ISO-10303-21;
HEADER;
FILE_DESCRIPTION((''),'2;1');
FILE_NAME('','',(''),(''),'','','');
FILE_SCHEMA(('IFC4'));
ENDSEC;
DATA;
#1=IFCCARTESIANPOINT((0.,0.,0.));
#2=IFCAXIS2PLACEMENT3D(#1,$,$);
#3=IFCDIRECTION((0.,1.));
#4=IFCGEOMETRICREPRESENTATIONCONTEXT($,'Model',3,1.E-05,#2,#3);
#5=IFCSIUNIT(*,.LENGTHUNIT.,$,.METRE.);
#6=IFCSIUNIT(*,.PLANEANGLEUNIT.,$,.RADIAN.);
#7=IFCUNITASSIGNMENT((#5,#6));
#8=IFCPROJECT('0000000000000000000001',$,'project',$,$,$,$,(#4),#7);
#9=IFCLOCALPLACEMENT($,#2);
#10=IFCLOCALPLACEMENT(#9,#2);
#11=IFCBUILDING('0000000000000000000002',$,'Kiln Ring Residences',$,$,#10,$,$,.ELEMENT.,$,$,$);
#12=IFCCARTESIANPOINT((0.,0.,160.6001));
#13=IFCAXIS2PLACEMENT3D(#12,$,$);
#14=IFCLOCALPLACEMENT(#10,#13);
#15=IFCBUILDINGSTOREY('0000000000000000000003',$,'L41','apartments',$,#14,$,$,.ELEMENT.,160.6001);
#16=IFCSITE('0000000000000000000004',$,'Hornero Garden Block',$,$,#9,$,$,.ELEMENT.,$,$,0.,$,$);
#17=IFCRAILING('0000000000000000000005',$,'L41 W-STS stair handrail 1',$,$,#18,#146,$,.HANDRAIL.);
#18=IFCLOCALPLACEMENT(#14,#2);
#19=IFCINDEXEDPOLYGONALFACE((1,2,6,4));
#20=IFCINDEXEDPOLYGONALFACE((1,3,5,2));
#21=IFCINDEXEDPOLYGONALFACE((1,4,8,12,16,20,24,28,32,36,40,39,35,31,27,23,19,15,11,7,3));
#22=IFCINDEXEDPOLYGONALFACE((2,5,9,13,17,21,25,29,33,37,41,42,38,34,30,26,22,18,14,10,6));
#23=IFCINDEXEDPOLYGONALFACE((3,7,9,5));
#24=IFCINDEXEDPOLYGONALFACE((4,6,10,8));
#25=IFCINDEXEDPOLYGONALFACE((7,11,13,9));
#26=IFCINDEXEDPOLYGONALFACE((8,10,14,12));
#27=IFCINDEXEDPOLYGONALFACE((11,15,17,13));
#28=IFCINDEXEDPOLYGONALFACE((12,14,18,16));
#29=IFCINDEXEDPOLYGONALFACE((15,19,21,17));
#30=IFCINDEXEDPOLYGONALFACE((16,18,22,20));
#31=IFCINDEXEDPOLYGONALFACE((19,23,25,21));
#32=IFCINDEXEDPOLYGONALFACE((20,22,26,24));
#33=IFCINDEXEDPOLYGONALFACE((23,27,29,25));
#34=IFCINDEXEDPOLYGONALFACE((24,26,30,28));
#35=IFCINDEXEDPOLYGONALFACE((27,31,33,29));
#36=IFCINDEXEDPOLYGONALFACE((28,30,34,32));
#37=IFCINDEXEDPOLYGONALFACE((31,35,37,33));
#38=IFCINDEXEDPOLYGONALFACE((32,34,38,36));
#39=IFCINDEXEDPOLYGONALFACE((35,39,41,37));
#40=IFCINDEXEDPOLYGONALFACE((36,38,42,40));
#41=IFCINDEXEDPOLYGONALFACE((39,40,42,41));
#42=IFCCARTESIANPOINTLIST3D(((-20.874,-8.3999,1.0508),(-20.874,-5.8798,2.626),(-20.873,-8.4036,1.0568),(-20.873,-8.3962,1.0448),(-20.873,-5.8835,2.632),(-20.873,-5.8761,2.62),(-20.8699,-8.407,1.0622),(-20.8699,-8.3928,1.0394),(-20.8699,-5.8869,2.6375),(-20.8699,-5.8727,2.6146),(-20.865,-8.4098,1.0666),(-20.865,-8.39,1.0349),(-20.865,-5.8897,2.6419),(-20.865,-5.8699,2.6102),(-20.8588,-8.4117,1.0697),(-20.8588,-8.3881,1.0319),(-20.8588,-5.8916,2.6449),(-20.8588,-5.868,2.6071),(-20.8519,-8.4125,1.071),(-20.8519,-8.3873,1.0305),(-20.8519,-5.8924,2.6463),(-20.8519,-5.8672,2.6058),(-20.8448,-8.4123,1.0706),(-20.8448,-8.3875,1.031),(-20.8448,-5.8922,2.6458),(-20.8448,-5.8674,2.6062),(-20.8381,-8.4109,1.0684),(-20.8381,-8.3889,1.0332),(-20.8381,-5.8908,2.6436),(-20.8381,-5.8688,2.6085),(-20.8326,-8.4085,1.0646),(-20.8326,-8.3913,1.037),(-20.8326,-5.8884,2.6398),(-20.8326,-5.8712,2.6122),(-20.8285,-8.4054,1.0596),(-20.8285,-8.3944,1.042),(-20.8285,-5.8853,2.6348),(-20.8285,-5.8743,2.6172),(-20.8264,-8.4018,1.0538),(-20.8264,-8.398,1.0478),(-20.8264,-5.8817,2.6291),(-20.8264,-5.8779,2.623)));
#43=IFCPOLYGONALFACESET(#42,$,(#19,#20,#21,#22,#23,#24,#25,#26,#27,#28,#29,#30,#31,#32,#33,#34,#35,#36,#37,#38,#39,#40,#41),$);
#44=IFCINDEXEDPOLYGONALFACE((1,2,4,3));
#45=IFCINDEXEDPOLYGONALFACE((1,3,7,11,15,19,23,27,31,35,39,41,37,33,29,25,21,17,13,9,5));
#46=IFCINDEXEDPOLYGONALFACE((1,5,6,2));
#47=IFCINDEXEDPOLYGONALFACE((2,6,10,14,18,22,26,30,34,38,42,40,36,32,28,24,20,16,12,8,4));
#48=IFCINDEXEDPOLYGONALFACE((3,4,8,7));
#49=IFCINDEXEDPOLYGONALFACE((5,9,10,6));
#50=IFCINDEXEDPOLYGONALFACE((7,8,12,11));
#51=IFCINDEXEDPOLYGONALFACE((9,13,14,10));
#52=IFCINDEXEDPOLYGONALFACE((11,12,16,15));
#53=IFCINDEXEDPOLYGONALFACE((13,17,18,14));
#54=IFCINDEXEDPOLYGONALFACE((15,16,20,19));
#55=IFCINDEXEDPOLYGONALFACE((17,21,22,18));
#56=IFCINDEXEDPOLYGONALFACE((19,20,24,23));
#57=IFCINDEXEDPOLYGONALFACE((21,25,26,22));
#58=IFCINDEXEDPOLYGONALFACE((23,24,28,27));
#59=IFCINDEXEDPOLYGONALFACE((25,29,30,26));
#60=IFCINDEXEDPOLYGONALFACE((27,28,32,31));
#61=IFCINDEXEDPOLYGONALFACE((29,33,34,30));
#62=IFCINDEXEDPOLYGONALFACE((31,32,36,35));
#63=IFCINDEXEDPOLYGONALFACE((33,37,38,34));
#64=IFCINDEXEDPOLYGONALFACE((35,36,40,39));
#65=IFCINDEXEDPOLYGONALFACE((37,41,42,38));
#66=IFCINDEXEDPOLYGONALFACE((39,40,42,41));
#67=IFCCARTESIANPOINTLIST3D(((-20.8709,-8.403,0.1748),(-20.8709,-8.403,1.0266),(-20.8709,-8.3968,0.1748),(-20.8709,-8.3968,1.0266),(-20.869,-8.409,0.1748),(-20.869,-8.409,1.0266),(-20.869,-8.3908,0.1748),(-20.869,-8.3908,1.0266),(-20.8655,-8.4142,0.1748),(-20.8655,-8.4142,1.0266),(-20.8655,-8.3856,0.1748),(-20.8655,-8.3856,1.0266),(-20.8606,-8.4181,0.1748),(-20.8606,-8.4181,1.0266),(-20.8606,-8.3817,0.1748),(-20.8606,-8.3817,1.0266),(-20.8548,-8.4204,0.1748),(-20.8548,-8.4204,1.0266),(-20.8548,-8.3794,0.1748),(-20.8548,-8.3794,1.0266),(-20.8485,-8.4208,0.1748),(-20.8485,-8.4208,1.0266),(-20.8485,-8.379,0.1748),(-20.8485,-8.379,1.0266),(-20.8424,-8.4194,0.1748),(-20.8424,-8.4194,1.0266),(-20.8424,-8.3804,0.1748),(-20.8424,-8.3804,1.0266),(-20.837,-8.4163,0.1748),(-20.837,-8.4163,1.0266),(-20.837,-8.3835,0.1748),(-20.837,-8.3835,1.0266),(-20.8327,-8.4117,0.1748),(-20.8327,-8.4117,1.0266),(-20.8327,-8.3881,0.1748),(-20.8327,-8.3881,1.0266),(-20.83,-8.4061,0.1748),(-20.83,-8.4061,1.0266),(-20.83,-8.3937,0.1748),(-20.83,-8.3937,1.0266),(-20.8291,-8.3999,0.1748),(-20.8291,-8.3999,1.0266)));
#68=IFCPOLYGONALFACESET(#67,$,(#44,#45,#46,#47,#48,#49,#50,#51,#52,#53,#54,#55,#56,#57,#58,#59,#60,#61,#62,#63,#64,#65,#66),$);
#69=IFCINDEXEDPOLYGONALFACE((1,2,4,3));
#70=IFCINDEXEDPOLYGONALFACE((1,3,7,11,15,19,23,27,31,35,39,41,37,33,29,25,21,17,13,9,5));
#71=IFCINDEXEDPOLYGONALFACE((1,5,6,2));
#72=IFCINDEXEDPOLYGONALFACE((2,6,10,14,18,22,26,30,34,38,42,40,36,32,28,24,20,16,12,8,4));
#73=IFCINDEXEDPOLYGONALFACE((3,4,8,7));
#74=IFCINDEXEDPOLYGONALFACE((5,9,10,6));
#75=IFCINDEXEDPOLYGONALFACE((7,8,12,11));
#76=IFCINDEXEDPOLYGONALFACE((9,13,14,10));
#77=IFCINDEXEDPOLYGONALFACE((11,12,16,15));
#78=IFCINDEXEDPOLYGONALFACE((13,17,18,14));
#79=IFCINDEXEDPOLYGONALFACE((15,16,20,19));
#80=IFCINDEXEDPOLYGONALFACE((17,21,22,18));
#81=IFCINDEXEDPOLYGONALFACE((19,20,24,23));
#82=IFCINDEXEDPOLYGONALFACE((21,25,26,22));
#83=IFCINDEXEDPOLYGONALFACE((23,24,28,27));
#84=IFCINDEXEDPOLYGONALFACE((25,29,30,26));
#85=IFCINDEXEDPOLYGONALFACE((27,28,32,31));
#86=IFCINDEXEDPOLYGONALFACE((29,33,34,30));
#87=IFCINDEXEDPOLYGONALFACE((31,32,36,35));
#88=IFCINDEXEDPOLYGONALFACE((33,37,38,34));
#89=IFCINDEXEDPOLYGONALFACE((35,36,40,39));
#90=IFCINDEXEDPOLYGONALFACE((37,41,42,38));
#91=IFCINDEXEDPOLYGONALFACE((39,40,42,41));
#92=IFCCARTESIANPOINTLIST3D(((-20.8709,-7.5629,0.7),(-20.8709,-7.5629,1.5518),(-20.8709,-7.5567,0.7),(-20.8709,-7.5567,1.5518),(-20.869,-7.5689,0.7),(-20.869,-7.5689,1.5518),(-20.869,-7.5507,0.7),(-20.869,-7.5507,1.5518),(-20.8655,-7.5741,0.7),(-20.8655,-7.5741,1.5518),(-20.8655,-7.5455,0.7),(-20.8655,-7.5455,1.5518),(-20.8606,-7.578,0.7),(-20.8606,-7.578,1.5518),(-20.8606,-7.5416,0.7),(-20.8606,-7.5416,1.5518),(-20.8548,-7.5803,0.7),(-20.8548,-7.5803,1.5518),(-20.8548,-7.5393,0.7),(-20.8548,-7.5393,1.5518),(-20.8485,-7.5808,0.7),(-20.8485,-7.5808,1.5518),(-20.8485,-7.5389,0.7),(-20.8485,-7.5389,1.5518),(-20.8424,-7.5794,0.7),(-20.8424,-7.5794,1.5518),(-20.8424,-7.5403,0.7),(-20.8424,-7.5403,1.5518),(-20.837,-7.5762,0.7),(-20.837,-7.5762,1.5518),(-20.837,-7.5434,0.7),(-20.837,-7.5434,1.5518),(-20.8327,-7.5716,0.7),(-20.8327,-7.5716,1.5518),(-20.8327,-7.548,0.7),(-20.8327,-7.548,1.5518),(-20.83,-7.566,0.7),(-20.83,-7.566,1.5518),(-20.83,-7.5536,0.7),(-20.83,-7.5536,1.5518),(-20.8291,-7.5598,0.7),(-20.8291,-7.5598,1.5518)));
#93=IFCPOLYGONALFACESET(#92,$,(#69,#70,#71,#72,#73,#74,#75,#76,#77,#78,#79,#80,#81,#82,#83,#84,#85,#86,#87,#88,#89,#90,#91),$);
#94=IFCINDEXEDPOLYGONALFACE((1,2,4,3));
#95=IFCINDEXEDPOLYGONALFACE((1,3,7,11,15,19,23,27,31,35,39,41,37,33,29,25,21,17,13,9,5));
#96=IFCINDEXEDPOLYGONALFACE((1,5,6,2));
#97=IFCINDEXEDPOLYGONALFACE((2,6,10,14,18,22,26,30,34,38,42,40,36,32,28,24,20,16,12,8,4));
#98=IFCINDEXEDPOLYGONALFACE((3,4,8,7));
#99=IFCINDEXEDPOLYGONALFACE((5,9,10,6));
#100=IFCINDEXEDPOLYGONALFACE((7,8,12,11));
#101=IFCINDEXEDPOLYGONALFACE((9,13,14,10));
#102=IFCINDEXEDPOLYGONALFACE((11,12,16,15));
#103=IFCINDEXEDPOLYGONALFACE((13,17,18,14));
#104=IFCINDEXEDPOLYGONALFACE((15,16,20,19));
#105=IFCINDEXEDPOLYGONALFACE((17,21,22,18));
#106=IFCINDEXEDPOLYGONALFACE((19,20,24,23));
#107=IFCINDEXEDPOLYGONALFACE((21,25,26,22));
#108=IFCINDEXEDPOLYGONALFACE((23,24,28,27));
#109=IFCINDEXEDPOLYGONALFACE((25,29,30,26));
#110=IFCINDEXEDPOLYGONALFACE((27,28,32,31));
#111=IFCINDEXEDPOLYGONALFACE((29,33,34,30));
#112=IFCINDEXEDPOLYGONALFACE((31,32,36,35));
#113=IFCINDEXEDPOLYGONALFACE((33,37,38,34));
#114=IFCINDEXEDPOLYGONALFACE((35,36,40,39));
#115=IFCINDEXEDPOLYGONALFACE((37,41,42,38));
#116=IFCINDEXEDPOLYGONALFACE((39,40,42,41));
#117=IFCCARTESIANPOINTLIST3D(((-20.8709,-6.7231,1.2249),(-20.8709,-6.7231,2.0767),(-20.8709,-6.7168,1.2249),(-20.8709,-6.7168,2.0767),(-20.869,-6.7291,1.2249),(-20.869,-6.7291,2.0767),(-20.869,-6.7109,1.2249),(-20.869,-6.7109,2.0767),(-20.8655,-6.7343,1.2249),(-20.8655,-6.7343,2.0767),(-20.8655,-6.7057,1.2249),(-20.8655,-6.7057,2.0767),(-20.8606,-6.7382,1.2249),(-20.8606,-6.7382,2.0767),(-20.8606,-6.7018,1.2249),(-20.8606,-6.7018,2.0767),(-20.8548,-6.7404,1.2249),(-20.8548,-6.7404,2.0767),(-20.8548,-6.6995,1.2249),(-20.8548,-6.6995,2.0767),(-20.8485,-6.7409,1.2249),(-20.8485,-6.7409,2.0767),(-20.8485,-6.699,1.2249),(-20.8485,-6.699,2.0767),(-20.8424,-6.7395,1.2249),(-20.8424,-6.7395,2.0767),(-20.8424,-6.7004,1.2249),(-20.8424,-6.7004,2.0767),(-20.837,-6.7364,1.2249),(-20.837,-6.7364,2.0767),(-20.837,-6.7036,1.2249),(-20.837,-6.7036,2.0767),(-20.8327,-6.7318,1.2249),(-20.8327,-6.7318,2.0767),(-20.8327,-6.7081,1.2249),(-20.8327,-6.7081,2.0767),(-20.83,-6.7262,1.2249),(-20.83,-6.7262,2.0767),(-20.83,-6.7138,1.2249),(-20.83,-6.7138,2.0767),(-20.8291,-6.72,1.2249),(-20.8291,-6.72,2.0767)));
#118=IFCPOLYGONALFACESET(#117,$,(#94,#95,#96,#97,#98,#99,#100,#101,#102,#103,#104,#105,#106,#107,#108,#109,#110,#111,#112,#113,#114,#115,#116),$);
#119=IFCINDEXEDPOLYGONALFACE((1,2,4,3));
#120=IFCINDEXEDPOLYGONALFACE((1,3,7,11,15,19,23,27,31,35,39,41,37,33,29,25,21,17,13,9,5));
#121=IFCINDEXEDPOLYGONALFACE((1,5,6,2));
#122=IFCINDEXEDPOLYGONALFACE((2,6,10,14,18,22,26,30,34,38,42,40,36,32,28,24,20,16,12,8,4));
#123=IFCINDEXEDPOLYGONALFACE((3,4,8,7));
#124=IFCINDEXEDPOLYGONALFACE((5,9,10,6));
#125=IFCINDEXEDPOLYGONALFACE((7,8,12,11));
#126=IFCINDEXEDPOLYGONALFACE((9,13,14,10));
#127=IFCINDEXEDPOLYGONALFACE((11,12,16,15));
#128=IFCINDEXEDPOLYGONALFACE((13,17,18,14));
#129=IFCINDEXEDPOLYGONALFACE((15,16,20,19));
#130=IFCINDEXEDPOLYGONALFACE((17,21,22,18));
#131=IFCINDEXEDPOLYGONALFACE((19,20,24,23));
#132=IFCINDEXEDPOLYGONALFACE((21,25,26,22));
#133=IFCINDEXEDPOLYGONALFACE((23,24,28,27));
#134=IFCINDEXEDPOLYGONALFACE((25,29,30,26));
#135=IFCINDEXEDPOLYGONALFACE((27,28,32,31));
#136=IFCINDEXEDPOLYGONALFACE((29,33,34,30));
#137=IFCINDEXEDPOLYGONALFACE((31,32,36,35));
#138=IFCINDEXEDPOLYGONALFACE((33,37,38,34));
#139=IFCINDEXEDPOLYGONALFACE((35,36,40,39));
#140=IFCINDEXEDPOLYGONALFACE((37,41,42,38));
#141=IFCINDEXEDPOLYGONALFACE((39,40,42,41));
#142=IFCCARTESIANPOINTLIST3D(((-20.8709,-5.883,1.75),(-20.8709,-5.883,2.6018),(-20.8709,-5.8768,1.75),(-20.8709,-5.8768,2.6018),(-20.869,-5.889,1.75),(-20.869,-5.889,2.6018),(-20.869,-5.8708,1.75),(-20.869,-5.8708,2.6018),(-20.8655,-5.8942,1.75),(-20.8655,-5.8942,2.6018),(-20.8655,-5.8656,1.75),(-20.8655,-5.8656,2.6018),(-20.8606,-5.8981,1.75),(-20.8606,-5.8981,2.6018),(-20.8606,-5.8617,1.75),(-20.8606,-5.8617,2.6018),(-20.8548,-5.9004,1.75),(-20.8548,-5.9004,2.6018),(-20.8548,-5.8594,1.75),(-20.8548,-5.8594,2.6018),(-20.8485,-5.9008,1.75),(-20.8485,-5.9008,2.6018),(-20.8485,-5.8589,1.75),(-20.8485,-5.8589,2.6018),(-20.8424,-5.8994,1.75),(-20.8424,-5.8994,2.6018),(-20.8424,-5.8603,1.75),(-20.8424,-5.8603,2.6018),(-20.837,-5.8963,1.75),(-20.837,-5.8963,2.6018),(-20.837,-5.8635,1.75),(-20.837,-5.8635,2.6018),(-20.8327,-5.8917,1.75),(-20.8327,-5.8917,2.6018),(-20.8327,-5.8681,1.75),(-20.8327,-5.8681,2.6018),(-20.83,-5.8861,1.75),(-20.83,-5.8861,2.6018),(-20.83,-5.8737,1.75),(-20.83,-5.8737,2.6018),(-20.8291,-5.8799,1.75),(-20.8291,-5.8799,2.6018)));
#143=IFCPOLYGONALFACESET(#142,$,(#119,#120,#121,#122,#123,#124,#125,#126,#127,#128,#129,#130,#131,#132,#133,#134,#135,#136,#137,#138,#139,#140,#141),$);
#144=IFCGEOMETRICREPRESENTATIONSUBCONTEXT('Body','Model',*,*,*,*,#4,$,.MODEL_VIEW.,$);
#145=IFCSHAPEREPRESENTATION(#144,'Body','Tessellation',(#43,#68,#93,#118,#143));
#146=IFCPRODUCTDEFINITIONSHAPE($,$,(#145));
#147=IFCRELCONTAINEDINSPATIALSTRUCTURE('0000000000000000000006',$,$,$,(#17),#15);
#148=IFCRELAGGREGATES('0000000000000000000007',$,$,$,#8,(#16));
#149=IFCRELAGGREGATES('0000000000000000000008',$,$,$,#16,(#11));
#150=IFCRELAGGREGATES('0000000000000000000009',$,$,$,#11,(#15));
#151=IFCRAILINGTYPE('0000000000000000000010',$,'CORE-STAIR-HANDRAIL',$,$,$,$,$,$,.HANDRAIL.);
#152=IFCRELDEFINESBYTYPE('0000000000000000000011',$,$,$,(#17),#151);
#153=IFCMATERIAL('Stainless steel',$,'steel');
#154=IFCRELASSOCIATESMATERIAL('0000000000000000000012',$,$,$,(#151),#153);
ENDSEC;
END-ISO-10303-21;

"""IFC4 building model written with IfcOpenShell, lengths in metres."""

from ifc_helpers import new_model, si_unit, direction, frame, origin, origin_2d, place, context, subcontext, project, spatial, circle, extrude, material, type_object, element, save


model = new_model("IFC4")

# Units and contexts
model_context = context("Model", 3, precision=1e-05, world=origin(), true_north=direction((0.0, 1.0)))
body_context = subcontext(model_context, "Body", "Model", "MODEL_VIEW")
ifc_project = project(units=[si_unit("LENGTHUNIT", "METRE"), si_unit("PLANEANGLEUNIT", "RADIAN")], contexts=[model_context])

# Site, building, storey
site_placement = place(None, origin())
site = spatial("IfcSite", under=ifc_project, at=site_placement, Name="Hornero Garden Block", CompositionType="ELEMENT", RefElevation=0.0)
building_placement = place(site_placement, origin())
building = spatial("IfcBuilding", under=site, at=building_placement, Name="Kiln Ring Residences", CompositionType="ELEMENT")
storey_placement = place(building_placement, frame((0.0, 0.0, 160.6001)))
storey = spatial("IfcBuildingStorey", under=building, at=storey_placement, Name="L41", Description="apartments", CompositionType="ELEMENT", Elevation=160.6001)

# Railing
ifc_material_1 = material(Name="Stainless steel", Category="steel")
railing_type_1 = type_object("IfcRailingType", Name="CORE-STAIR-HANDRAIL", PredefinedType="HANDRAIL", material=ifc_material_1)
railing_1_placement = place(storey_placement, frame((-20.8501, -8.3999, 0.1748)))
element("IfcRailing", 1, at=railing_1_placement, inside=storey, type_object=railing_type_1, Name="L41 W-STS stair handrail 1", PredefinedType="HANDRAIL", context=body_context, shape_type="SweptSolid", body=[
    extrude(circle(Radius=0.0239, at=origin_2d()), frame((0.0, 0.0, 0.876), z_axis=(0.0, 0.847971, 0.530043), x_axis=(-1.0, 0.0, 0.0)), (0.0, 0.0, 1.0), 2.9719),
    extrude(circle(Radius=0.021, at=origin_2d()), origin(), (0.0, 0.0, 1.0), 0.8518),
    extrude(circle(Radius=0.021, at=origin_2d()), frame((0.0, 0.8401, 0.5251)), (0.0, 0.0, 1.0), 0.8518),
    extrude(circle(Radius=0.021, at=origin_2d()), frame((0.0, 1.6799, 1.05)), (0.0, 0.0, 1.0), 0.8518),
    extrude(circle(Radius=0.021, at=origin_2d()), frame((0.0, 2.52, 1.5752)), (0.0, 0.0, 1.0), 0.8518),
])

save(model, "model.ifc")
